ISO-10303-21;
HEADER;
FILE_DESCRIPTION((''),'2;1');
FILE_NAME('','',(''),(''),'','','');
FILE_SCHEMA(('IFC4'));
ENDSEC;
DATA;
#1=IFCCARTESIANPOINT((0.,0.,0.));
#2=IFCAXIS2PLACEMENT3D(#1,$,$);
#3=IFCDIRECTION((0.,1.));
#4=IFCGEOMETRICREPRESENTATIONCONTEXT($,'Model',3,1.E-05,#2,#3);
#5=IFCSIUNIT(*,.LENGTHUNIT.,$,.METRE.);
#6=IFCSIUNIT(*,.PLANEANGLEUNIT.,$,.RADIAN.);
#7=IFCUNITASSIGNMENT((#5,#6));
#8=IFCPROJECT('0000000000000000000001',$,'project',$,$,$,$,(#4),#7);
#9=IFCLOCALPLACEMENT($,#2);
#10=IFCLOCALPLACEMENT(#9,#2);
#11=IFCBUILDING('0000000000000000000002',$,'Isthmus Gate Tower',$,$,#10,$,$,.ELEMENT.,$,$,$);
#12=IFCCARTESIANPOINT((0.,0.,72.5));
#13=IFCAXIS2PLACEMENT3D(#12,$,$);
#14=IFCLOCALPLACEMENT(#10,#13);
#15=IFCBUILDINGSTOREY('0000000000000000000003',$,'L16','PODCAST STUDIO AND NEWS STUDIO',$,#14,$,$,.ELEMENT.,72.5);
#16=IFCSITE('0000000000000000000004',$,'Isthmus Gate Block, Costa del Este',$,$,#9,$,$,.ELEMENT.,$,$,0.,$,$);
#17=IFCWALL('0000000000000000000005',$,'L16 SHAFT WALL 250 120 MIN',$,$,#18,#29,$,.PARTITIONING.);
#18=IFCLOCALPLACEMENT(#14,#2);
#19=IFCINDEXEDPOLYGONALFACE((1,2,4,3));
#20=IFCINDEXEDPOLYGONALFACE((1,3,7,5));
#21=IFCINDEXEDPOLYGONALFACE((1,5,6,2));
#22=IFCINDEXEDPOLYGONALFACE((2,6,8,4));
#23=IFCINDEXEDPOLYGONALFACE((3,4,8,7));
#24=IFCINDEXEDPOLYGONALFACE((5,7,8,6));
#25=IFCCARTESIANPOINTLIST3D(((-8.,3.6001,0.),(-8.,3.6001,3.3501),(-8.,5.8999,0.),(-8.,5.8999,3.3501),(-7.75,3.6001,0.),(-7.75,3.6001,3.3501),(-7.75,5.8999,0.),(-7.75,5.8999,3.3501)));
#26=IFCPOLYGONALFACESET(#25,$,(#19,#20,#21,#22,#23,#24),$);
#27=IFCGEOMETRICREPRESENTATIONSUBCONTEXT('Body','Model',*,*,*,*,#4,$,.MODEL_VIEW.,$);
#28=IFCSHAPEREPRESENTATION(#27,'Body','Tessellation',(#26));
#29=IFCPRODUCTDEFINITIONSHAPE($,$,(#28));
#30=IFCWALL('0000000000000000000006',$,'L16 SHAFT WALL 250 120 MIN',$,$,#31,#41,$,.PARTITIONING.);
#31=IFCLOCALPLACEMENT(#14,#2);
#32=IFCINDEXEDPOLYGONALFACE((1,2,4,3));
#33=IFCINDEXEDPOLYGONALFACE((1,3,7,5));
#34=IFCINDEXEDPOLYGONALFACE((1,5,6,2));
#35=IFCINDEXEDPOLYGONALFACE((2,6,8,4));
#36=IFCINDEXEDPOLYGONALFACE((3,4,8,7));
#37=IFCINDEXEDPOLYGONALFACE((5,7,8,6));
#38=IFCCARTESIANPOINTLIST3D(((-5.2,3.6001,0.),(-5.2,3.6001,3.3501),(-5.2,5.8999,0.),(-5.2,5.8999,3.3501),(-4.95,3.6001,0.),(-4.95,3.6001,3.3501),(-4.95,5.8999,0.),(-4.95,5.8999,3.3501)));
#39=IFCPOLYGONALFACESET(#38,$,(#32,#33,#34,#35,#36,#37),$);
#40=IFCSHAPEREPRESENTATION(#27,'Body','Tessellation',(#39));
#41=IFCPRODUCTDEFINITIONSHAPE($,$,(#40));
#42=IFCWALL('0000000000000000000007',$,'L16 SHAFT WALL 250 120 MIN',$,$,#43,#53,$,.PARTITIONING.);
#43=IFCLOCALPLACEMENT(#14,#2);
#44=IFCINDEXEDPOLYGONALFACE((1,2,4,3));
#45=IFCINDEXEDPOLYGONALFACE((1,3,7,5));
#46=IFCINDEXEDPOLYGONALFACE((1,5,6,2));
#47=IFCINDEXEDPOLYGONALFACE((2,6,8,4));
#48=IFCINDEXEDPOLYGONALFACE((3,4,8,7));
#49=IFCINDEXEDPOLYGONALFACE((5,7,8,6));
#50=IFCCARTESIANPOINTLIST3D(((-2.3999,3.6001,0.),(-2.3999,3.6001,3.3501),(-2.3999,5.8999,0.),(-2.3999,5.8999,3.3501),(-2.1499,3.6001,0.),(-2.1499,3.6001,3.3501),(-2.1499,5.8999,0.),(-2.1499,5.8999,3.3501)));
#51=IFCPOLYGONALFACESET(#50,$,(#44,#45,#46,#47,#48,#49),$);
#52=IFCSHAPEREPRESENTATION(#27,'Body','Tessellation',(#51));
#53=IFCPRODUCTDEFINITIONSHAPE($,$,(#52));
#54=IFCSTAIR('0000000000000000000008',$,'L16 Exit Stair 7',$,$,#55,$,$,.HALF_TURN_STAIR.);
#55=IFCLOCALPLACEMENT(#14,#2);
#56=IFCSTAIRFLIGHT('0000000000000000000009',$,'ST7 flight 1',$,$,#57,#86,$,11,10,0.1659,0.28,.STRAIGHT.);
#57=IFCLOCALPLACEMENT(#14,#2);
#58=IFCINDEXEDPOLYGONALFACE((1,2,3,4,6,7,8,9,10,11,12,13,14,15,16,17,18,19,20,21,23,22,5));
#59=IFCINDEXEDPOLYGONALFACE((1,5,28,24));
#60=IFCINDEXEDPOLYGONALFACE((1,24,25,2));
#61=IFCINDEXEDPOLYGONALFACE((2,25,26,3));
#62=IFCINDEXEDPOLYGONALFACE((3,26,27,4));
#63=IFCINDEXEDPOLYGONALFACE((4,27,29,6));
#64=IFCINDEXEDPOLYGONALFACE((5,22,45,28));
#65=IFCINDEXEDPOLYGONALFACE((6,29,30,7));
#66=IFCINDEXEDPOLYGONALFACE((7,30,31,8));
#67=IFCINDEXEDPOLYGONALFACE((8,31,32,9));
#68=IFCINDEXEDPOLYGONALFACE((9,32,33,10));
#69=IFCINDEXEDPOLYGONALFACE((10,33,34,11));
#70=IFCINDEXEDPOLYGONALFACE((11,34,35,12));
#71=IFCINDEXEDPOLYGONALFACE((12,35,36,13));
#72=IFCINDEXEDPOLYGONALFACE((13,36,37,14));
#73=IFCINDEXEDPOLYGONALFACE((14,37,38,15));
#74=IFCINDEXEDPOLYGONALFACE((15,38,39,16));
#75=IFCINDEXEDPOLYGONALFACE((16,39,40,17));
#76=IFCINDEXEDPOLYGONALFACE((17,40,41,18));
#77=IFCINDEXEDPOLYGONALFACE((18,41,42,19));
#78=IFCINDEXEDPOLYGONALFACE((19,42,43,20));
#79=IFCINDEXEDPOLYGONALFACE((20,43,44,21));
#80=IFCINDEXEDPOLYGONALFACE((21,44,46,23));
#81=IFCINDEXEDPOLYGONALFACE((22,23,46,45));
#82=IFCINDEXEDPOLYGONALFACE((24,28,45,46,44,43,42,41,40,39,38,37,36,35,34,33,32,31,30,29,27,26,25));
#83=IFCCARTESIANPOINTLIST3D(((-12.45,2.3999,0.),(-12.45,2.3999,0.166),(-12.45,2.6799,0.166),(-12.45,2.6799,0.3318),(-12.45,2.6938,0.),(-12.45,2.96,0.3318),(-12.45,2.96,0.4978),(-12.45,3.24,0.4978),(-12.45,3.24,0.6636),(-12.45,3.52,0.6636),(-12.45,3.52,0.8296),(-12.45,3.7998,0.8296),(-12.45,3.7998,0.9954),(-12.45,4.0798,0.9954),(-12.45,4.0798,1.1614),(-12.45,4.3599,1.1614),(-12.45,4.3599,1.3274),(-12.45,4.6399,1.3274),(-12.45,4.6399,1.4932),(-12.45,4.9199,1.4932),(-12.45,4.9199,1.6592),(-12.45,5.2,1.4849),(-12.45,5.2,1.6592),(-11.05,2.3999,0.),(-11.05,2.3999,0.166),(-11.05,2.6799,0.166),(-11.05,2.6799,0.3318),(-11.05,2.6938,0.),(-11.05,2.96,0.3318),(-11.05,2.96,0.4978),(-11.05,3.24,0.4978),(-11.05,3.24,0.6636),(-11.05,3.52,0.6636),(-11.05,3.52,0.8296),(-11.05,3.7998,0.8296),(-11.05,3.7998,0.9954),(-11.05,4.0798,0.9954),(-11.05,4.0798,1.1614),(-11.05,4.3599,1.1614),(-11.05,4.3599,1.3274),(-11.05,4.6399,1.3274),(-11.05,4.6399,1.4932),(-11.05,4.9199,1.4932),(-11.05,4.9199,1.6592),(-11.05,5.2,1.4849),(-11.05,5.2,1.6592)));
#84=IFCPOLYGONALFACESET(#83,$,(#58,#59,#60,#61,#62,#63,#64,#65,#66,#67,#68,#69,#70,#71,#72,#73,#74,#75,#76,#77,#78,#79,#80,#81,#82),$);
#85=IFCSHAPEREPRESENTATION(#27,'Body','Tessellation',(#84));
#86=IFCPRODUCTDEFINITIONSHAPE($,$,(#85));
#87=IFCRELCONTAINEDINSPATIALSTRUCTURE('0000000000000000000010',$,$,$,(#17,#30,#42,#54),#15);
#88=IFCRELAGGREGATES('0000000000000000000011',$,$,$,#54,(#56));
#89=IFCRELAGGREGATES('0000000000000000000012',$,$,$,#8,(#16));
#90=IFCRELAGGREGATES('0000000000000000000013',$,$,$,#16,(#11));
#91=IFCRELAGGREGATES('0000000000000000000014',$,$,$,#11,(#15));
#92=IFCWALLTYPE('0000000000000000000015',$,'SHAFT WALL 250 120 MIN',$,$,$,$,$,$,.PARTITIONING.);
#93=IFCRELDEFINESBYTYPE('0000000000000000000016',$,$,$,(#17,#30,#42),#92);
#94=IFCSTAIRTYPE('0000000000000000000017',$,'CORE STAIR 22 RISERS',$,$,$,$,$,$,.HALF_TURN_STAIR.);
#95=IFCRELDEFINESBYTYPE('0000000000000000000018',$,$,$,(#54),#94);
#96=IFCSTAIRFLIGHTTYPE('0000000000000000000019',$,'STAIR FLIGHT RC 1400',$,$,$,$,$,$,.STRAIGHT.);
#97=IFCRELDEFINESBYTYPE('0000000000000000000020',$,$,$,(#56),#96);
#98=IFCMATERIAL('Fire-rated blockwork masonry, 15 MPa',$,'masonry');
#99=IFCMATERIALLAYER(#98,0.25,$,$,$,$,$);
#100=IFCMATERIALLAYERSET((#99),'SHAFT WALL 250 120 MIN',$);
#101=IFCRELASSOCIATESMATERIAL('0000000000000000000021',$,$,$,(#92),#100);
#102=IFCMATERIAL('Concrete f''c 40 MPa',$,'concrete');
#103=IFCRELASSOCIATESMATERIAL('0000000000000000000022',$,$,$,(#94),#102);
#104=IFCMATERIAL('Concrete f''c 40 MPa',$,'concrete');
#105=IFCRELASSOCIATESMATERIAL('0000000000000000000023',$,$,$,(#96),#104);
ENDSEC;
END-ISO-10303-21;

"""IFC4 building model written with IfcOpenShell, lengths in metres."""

from ifc_helpers import new_model, si_unit, direction, frame, frame_2d, origin, place, context, subcontext, project, spatial, polyline, rectangle, outline, extrude, material, layer, layer_set, type_object, element, aggregate, save


model = new_model("IFC4")

# Units and contexts
model_context = context("Model", 3, precision=1e-05, world=origin(), true_north=direction((0.0, 1.0)))
body_context = subcontext(model_context, "Body", "Model", "MODEL_VIEW")
ifc_project = project(units=[si_unit("LENGTHUNIT", "METRE"), si_unit("PLANEANGLEUNIT", "RADIAN")], contexts=[model_context])

# Site, building, storey
site_placement = place(None, origin())
site = spatial("IfcSite", under=ifc_project, at=site_placement, Name="Isthmus Gate Block, Costa del Este", CompositionType="ELEMENT", RefElevation=0.0)
building_placement = place(site_placement, origin())
building = spatial("IfcBuilding", under=site, at=building_placement, Name="Isthmus Gate Tower", CompositionType="ELEMENT")
storey_placement = place(building_placement, frame((0.0, 0.0, 72.5)))
storey = spatial("IfcBuildingStorey", under=building, at=storey_placement, Name="L16", Description="PODCAST STUDIO AND NEWS STUDIO", CompositionType="ELEMENT", Elevation=72.5)

# Walls
ifc_material_1 = material(Name="Fire-rated blockwork masonry, 15 MPa", Category="masonry")
ifc_layer_1 = layer(ifc_material_1, 0.25)
ifc_layer_set_1 = layer_set([ifc_layer_1], Name="SHAFT WALL 250 120 MIN")
wall_type_1 = type_object("IfcWallType", Name="SHAFT WALL 250 120 MIN", PredefinedType="PARTITIONING", material=ifc_layer_set_1)
for number, where, z_axis, x_axis, name in (
    (1, (-7.875, 3.6001, 0.0), (0.0, 0.0, 1.0), (0.0, 1.0, 0.0), "L16 SHAFT WALL 250 120 MIN"),
    (2, (-5.075, 3.6001, 0.0), (0.0, 0.0, 1.0), (0.0, 1.0, 0.0), "L16 SHAFT WALL 250 120 MIN"),
    (3, (-2.2749, 3.6001, 0.0), (0.0, 0.0, 1.0), (0.0, 1.0, 0.0), "L16 SHAFT WALL 250 120 MIN"),
):
    element("IfcWall", number, at=place(storey_placement, frame(where, z_axis=z_axis, x_axis=x_axis)), inside=storey, type_object=wall_type_1, Name=name, PredefinedType="PARTITIONING", context=body_context, shape_type="SweptSolid", body=[
        extrude(rectangle(XDim=2.2998, YDim=0.25, at=frame_2d((1.1499, 0.0))), origin(), (0.0, 0.0, 1.0), 3.3501),
    ])

# Stair, stair flight
ifc_material_2 = material(Name="Concrete f'c 40 MPa", Category="concrete")
stair_type = type_object("IfcStairType", Name="CORE STAIR 22 RISERS", PredefinedType="HALF_TURN_STAIR", material=ifc_material_2)
stair_placement = place(storey_placement, origin())
stair = element("IfcStair", 4, at=stair_placement, inside=storey, type_object=stair_type, Name="L16 Exit Stair 7", PredefinedType="HALF_TURN_STAIR")
ifc_material_3 = material(Name="Concrete f'c 40 MPa", Category="concrete")
stair_flight_type = type_object("IfcStairFlightType", Name="STAIR FLIGHT RC 1400", PredefinedType="STRAIGHT", material=ifc_material_3)
stair_flight_placement = place(storey_placement, frame((-11.75, 2.3999, 0.0), z_axis=(0.0, 0.0, 1.0), x_axis=(0.0, 1.0, 0.0)))
stair_flight = element("IfcStairFlight", 5, at=stair_flight_placement, type_object=stair_flight_type, Name="ST7 flight 1", NumberOfRisers=11, NumberOfTreads=10, PredefinedType="STRAIGHT", RiserHeight=0.1659, TreadLength=0.28, context=body_context, shape_type="SweptSolid", body=[
    extrude(outline(polyline([(0.0, 0.0), (0.0, 0.166), (0.28, 0.166), (0.28, 0.3318), (0.5601, 0.3318), (0.5601, 0.4978), (0.8401, 0.4978), (0.8401, 0.6636), (1.1201, 0.6636), (1.1201, 0.8296), (1.3999, 0.8296), (1.3999, 0.9954), (1.6799, 0.9954), (1.6799, 1.1614), (1.96, 1.1614), (1.96, 1.3274), (2.24, 1.3274), (2.24, 1.4932), (2.52, 1.4932), (2.52, 1.6592), (2.8, 1.6592), (2.8, 1.825), (2.8, 1.4849), (0.2939, 0.0), (0.0, 0.0)])), frame((0.0, 0.7, 0.0), z_axis=(0.0, -1.0, 0.0), x_axis=(1.0, 0.0, 0.0)), (0.0, 0.0, 1.0), 1.3999),
])
aggregate(stair, [stair_flight])

save(model, "model.ifc")
